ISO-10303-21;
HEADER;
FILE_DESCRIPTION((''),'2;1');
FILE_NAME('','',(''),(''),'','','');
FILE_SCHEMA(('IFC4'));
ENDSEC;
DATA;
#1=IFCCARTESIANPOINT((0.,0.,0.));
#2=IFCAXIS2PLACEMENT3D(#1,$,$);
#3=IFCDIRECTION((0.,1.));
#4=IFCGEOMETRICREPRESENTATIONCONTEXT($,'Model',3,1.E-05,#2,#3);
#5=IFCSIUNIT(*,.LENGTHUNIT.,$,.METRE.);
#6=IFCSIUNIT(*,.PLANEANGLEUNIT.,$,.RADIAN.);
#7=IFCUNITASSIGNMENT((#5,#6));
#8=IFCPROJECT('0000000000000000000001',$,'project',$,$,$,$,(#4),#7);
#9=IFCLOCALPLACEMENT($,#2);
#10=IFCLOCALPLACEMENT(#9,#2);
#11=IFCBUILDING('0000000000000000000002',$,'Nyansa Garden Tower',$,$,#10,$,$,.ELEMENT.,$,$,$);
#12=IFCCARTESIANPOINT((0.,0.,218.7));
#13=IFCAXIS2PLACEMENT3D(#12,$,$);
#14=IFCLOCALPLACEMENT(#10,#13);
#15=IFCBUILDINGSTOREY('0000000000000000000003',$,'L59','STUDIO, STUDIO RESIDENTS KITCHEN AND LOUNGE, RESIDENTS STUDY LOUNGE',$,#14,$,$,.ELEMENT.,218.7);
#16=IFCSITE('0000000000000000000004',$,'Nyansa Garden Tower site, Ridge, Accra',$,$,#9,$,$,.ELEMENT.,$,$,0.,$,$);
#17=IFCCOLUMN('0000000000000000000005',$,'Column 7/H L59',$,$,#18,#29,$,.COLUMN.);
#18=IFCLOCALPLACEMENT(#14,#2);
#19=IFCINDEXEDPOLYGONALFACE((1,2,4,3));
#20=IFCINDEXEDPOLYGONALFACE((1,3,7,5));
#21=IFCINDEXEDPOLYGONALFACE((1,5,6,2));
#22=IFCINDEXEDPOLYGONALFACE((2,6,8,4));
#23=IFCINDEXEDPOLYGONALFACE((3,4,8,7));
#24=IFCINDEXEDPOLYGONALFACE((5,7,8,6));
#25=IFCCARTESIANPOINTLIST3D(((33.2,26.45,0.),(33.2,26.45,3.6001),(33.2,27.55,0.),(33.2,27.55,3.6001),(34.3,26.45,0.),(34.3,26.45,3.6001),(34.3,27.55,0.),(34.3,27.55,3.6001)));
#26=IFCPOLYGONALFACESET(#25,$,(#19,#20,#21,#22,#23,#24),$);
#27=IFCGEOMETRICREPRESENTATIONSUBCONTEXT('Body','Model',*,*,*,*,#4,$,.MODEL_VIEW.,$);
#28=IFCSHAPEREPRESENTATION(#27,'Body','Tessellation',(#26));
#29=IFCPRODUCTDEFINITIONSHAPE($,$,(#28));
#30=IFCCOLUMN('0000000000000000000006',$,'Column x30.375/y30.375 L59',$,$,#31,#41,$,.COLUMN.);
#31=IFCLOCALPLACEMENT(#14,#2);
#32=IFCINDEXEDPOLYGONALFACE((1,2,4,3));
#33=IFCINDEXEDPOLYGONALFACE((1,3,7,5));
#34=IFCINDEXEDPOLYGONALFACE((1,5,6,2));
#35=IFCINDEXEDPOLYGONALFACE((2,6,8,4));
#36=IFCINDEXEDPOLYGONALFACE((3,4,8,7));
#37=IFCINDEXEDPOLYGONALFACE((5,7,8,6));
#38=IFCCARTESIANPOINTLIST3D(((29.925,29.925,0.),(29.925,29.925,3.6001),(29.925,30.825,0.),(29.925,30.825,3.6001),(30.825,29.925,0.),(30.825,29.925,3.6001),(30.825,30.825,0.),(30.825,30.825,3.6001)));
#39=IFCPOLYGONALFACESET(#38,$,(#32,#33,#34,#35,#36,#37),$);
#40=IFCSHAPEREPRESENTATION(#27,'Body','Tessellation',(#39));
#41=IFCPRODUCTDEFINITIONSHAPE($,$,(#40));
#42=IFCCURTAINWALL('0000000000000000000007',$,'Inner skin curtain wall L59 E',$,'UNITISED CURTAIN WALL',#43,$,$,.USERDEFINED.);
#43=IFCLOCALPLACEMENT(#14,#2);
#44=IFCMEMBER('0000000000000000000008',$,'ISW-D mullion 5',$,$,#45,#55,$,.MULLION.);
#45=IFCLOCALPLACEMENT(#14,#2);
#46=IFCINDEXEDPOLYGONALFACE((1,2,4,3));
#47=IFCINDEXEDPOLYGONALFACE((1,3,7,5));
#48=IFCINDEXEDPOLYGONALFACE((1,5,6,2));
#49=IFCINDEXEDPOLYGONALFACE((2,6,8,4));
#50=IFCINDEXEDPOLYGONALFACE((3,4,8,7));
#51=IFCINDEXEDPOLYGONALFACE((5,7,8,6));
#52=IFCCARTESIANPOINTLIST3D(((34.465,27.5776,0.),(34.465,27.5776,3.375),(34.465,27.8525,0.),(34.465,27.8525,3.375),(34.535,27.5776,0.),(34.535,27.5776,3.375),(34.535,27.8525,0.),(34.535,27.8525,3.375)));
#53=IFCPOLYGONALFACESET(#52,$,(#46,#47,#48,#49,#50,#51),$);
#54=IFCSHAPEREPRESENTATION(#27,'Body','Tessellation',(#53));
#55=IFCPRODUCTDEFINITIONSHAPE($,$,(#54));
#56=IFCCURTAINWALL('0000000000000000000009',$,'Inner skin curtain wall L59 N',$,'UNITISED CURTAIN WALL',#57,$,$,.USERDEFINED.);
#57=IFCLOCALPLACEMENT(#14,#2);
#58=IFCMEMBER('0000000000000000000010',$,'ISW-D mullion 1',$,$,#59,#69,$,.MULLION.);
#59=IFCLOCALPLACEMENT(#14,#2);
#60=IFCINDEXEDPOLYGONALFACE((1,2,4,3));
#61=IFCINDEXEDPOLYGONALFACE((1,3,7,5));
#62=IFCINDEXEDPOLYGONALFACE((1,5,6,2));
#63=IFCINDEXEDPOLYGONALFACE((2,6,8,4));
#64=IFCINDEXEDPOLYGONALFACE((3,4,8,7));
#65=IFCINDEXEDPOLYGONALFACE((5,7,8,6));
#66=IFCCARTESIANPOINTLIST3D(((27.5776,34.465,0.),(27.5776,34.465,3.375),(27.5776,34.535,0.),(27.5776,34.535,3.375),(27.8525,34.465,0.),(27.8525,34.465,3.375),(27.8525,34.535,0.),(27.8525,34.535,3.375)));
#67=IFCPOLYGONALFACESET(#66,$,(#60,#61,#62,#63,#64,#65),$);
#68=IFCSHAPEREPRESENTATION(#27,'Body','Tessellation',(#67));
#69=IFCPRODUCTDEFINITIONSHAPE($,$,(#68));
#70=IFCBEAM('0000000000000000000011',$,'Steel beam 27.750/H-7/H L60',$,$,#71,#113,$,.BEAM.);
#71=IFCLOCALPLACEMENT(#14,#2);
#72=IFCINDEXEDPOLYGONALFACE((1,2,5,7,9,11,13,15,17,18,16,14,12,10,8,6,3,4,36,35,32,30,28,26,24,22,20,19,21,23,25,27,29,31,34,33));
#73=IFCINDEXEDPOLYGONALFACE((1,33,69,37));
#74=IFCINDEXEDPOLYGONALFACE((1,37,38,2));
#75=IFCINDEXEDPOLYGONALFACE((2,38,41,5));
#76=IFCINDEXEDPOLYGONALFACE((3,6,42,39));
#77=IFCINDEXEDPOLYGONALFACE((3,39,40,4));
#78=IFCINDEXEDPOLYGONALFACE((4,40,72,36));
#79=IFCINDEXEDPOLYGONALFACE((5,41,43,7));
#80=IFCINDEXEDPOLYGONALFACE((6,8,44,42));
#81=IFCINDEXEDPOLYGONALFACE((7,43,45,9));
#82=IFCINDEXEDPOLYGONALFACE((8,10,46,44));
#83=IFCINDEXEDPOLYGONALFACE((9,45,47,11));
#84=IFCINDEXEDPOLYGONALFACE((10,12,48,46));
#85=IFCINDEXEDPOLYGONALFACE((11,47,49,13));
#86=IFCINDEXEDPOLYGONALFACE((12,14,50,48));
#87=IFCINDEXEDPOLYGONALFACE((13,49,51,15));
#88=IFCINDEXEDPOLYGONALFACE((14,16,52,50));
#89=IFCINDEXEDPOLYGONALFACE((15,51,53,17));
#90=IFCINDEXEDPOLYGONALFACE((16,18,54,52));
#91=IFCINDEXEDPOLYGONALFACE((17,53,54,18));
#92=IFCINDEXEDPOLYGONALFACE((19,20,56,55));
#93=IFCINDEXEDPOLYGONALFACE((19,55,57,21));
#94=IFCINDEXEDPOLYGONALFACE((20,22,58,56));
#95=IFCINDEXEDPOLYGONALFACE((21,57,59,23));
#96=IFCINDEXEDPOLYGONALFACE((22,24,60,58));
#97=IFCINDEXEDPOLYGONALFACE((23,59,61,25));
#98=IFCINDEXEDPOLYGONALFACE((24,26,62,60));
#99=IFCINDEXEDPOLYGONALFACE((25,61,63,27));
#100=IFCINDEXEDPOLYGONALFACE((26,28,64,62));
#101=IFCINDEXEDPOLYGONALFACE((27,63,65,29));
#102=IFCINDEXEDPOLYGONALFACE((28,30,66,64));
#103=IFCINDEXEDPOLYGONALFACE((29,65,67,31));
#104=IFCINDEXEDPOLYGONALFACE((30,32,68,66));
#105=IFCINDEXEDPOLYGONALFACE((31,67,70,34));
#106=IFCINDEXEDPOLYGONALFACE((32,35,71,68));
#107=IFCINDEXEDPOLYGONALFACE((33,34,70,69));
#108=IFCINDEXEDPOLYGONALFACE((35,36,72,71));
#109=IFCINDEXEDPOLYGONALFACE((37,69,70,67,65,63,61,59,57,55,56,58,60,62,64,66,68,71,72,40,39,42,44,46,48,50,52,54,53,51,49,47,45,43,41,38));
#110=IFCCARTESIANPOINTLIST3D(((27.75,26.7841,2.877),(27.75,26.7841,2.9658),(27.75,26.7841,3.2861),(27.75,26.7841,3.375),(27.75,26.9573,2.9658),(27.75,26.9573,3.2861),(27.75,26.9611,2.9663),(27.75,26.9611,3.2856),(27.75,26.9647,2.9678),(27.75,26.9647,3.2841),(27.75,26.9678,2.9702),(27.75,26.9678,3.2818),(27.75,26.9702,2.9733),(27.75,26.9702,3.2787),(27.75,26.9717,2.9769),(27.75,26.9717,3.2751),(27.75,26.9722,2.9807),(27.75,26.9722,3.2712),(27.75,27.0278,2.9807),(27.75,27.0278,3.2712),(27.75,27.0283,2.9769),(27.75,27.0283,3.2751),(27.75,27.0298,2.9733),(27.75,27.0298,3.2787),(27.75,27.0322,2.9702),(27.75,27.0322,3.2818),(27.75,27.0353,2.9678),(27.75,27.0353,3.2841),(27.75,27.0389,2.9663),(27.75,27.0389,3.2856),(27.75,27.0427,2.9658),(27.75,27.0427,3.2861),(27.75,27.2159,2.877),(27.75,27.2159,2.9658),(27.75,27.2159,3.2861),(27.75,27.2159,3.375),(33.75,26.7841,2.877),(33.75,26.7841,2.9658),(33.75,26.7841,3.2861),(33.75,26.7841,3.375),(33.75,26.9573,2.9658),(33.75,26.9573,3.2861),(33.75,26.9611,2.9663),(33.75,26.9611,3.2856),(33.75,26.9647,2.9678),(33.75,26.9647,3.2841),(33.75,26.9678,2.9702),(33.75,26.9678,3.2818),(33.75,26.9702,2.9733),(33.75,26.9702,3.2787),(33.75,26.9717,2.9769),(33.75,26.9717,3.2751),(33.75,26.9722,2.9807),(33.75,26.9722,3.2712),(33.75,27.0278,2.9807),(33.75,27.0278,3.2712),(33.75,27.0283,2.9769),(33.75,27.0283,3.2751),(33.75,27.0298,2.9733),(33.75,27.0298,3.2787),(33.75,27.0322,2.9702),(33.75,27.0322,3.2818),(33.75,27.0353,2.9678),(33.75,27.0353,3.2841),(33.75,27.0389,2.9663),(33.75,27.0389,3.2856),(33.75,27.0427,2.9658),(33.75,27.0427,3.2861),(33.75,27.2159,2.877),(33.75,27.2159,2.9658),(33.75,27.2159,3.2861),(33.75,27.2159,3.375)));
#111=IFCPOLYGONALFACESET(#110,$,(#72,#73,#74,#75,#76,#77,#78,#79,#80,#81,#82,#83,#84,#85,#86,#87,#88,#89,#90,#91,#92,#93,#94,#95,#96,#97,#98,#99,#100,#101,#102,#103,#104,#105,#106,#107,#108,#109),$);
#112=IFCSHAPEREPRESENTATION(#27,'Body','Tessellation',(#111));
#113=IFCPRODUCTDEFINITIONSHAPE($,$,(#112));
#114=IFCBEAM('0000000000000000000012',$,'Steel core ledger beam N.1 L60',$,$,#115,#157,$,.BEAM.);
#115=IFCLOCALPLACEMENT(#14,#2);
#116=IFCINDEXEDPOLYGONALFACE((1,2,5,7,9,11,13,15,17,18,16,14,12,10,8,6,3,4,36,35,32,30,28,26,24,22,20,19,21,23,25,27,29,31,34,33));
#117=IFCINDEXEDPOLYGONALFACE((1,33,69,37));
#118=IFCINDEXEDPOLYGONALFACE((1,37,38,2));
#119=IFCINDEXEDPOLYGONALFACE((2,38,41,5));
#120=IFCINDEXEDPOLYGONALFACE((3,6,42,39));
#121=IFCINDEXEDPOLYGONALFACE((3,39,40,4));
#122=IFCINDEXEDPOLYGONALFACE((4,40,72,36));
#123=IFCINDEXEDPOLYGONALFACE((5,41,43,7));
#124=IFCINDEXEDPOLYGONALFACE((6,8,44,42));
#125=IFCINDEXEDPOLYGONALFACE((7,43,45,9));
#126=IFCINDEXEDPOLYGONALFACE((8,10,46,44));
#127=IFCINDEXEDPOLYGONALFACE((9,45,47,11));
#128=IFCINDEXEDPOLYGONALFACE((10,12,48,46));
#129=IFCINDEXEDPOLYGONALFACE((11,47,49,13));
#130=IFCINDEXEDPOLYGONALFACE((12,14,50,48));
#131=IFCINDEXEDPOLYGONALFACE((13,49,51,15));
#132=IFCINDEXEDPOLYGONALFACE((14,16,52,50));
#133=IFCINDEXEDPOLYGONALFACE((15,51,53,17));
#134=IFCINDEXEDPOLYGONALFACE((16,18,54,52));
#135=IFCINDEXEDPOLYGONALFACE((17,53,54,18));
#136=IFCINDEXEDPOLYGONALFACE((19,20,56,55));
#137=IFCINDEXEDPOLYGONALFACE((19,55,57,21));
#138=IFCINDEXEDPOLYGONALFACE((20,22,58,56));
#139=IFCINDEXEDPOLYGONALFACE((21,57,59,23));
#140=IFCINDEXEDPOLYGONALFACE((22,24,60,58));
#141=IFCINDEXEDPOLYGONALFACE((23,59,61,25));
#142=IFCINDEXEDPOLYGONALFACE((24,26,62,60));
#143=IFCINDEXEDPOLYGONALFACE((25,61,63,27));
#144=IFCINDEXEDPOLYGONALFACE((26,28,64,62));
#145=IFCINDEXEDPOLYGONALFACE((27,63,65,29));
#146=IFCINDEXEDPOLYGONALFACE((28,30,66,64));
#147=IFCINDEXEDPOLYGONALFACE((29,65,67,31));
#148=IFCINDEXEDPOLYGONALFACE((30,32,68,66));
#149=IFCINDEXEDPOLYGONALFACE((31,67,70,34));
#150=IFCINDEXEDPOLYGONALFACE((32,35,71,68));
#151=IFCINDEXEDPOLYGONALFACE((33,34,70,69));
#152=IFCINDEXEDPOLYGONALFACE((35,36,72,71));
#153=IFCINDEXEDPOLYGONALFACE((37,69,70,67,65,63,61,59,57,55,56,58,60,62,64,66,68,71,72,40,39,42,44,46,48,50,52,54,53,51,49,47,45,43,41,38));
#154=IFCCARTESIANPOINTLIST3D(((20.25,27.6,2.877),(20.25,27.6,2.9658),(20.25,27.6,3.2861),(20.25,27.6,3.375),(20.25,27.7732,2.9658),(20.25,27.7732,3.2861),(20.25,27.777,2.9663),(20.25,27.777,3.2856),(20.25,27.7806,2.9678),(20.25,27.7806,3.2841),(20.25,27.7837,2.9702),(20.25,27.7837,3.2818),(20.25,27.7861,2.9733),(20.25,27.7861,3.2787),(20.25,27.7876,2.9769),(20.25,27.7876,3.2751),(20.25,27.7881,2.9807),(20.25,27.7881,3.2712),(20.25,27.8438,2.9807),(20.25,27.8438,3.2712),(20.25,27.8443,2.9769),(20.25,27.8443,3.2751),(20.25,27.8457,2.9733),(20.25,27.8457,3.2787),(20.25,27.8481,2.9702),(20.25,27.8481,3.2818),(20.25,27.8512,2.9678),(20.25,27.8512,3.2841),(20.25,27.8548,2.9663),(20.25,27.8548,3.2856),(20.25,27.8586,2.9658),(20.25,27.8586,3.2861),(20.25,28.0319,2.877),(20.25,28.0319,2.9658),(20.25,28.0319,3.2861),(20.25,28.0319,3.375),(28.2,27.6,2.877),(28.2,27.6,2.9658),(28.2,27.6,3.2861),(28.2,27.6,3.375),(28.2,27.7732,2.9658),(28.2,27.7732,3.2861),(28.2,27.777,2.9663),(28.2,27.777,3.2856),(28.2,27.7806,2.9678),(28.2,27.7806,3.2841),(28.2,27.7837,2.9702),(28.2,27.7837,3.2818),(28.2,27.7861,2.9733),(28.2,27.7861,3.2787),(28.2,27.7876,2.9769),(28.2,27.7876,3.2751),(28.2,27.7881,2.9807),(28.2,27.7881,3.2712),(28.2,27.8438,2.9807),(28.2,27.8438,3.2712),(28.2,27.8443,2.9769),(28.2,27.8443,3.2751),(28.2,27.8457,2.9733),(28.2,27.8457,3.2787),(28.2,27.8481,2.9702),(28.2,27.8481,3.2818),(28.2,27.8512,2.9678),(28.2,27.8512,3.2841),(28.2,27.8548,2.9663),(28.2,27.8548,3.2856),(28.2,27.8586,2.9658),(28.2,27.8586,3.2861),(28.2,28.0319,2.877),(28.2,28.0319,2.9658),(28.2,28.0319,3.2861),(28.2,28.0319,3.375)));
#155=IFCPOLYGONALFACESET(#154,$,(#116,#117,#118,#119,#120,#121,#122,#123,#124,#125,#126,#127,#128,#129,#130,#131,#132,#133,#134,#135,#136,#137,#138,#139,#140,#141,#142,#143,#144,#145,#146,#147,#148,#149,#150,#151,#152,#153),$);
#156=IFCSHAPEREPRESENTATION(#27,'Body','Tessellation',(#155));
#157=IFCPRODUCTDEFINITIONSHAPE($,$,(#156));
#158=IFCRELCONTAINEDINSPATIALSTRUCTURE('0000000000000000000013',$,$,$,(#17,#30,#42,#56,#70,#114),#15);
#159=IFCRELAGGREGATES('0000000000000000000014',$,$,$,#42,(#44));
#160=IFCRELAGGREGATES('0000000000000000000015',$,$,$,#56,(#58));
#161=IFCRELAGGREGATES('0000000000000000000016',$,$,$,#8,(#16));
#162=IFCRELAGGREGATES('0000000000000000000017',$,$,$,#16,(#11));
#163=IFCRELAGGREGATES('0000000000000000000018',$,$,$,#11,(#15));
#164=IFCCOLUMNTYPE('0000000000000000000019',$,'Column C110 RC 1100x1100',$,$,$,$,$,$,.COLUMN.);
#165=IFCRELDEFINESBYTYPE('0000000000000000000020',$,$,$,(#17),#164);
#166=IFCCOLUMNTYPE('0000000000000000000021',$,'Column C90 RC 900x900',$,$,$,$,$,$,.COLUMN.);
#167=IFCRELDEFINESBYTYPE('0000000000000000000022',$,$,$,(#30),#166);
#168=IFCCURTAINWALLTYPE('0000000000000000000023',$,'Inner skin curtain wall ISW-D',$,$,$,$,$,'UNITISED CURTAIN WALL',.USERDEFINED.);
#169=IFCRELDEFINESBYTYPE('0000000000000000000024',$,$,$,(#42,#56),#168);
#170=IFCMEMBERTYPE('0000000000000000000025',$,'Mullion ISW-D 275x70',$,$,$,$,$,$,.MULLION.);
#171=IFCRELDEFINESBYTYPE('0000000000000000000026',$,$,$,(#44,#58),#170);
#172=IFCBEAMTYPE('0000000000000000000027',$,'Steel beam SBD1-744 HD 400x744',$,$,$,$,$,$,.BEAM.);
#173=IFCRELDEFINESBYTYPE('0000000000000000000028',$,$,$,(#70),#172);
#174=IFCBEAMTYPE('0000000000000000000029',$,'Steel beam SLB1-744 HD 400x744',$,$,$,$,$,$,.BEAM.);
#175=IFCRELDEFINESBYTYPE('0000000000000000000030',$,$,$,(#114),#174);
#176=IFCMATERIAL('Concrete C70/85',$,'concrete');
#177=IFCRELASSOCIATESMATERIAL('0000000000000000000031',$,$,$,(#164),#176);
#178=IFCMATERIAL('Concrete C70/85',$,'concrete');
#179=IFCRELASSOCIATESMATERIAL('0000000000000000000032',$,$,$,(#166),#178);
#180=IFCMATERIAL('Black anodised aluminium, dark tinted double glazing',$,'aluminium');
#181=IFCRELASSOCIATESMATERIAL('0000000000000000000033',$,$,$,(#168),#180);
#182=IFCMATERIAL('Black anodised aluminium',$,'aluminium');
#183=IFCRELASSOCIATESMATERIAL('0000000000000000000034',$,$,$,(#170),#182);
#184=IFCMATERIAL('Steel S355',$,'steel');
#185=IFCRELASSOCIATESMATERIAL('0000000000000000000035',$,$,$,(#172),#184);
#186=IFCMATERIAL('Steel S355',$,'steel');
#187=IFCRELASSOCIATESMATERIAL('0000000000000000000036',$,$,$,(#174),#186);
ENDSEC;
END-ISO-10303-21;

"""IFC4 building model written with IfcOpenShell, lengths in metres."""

from ifc_helpers import new_model, si_unit, direction, frame, origin, origin_2d, place, context, subcontext, project, spatial, rectangle, i_section, extrude, material, material_profile, profile_set, type_object, element, aggregate, save


model = new_model("IFC4")

# Units and contexts
model_context = context("Model", 3, precision=1e-05, world=origin(), true_north=direction((0.0, 1.0)))
body_context = subcontext(model_context, "Body", "Model", "MODEL_VIEW")
ifc_project = project(units=[si_unit("LENGTHUNIT", "METRE"), si_unit("PLANEANGLEUNIT", "RADIAN")], contexts=[model_context])

# Site, building, storey
site_placement = place(None, origin())
site = spatial("IfcSite", under=ifc_project, at=site_placement, Name="Nyansa Garden Tower site, Ridge, Accra", CompositionType="ELEMENT", RefElevation=0.0)
building_placement = place(site_placement, origin())
building = spatial("IfcBuilding", under=site, at=building_placement, Name="Nyansa Garden Tower", CompositionType="ELEMENT")
storey_placement = place(building_placement, frame((0.0, 0.0, 218.7)))
storey = spatial("IfcBuildingStorey", under=building, at=storey_placement, Name="L59", Description="STUDIO, STUDIO RESIDENTS KITCHEN AND LOUNGE, RESIDENTS STUDY LOUNGE", CompositionType="ELEMENT", Elevation=218.7)

# Columns
ifc_material_1 = material(Name="Concrete C70/85", Category="concrete")
ifc_material_profile_1 = material_profile(ifc_material_1, rectangle(XDim=1.1001, YDim=1.1001, at=origin_2d()), Name="RC 1100x1100")
ifc_profile_set_1 = profile_set([ifc_material_profile_1], Name="Concrete C70/85")
column_type_1 = type_object("IfcColumnType", Name="Column C110 RC 1100x1100", PredefinedType="COLUMN", material=ifc_profile_set_1)
column_1_placement = place(storey_placement, frame((33.75, 27.0, 0.0), z_axis=(0.0, 0.0, 1.0), x_axis=(1.0, 0.0, 0.0)))
element("IfcColumn", 1, at=column_1_placement, inside=storey, type_object=column_type_1, Name="Column 7/H L59", PredefinedType="COLUMN", context=body_context, shape_type="SweptSolid", body=[
    extrude(rectangle(XDim=1.1001, YDim=1.1001, at=origin_2d()), origin(), (0.0, 0.0, 1.0), 3.6001),
])
ifc_material_2 = material(Name="Concrete C70/85", Category="concrete")
ifc_material_profile_2 = material_profile(ifc_material_2, rectangle(XDim=0.8999, YDim=0.8999, at=origin_2d()), Name="RC 900x900")
ifc_profile_set_2 = profile_set([ifc_material_profile_2], Name="Concrete C70/85")
column_type_2 = type_object("IfcColumnType", Name="Column C90 RC 900x900", PredefinedType="COLUMN", material=ifc_profile_set_2)
column_2_placement = place(storey_placement, frame((30.375, 30.375, 0.0), z_axis=(0.0, 0.0, 1.0), x_axis=(1.0, 0.0, 0.0)))
element("IfcColumn", 2, at=column_2_placement, inside=storey, type_object=column_type_2, Name="Column x30.375/y30.375 L59", PredefinedType="COLUMN", context=body_context, shape_type="SweptSolid", body=[
    extrude(rectangle(XDim=0.8999, YDim=0.8999, at=origin_2d()), origin(), (0.0, 0.0, 1.0), 3.6001),
])

# Curtain walls, members
ifc_material_3 = material(Name="Black anodised aluminium, dark tinted double glazing", Category="aluminium")
curtain_wall_type = type_object("IfcCurtainWallType", Name="Inner skin curtain wall ISW-D", ElementType="UNITISED CURTAIN WALL", PredefinedType="USERDEFINED", material=ifc_material_3)
curtain_wall_1_placement = place(storey_placement, origin())
curtain_wall_1 = element("IfcCurtainWall", 3, at=curtain_wall_1_placement, inside=storey, type_object=curtain_wall_type, Name="Inner skin curtain wall L59 E", ObjectType="UNITISED CURTAIN WALL", PredefinedType="USERDEFINED")
ifc_material_4 = material(Name="Black anodised aluminium", Category="aluminium")
ifc_material_profile_3 = material_profile(ifc_material_4, rectangle(XDim=0.0701, YDim=0.2749, at=origin_2d()), Name="Mullion 275x70")
ifc_profile_set_3 = profile_set([ifc_material_profile_3], Name="Black anodised aluminium")
member_type_1 = type_object("IfcMemberType", Name="Mullion ISW-D 275x70", PredefinedType="MULLION", material=ifc_profile_set_3)
member_1_placement = place(storey_placement, frame((34.5, 27.7151, 0.0), z_axis=(0.0, 0.0, 1.0), x_axis=(-1.0, 0.0, 0.0)))
member_1 = element("IfcMember", 4, at=member_1_placement, type_object=member_type_1, Name="ISW-D mullion 5", PredefinedType="MULLION", context=body_context, shape_type="SweptSolid", body=[
    extrude(rectangle(XDim=0.0701, YDim=0.2749, at=origin_2d()), origin(), (0.0, 0.0, 1.0), 3.375),
])
aggregate(curtain_wall_1, [member_1])
curtain_wall_2_placement = place(storey_placement, origin())
curtain_wall_2 = element("IfcCurtainWall", 5, at=curtain_wall_2_placement, inside=storey, type_object=curtain_wall_type, Name="Inner skin curtain wall L59 N", ObjectType="UNITISED CURTAIN WALL", PredefinedType="USERDEFINED")
member_2_placement = place(storey_placement, frame((27.7151, 34.5, 0.0), z_axis=(0.0, 0.0, 1.0), x_axis=(0.0, -1.0, 0.0)))
member_2 = element("IfcMember", 6, at=member_2_placement, type_object=member_type_1, Name="ISW-D mullion 1", PredefinedType="MULLION", context=body_context, shape_type="SweptSolid", body=[
    extrude(rectangle(XDim=0.0701, YDim=0.2749, at=origin_2d()), origin(), (0.0, 0.0, 1.0), 3.375),
])

# Beams
ifc_material_5 = material(Name="Steel S355", Category="steel")
ifc_material_profile_4 = material_profile(ifc_material_5, i_section(OverallWidth=0.4319, OverallDepth=0.498, WebThickness=0.0557, FlangeThickness=0.0889, FilletRadius=0.0149, at=origin_2d()), Name="HD 400x744")
ifc_profile_set_4 = profile_set([ifc_material_profile_4], Name="Steel S355")
beam_type_1 = type_object("IfcBeamType", Name="Steel beam SBD1-744 HD 400x744", PredefinedType="BEAM", material=ifc_profile_set_4)
beam_1_placement = place(storey_placement, frame((27.75, 27.0, 3.126), z_axis=(1.0, 0.0, 0.0), x_axis=(0.0, 1.0, 0.0)))
element("IfcBeam", 7, at=beam_1_placement, inside=storey, type_object=beam_type_1, Name="Steel beam 27.750/H-7/H L60", PredefinedType="BEAM", context=body_context, shape_type="SweptSolid", body=[
    extrude(i_section(OverallWidth=0.4319, OverallDepth=0.498, WebThickness=0.0557, FlangeThickness=0.0889, FilletRadius=0.0149, at=origin_2d()), origin(), (0.0, 0.0, 1.0), 6.0),
])
ifc_material_6 = material(Name="Steel S355", Category="steel")
ifc_material_profile_5 = material_profile(ifc_material_6, i_section(OverallWidth=0.4319, OverallDepth=0.498, WebThickness=0.0557, FlangeThickness=0.0889, FilletRadius=0.0149, at=origin_2d()), Name="HD 400x744")
ifc_profile_set_5 = profile_set([ifc_material_profile_5], Name="Steel S355")
beam_type_2 = type_object("IfcBeamType", Name="Steel beam SLB1-744 HD 400x744", PredefinedType="BEAM", material=ifc_profile_set_5)
beam_2_placement = place(storey_placement, frame((28.2, 27.8159, 3.126), z_axis=(-1.0, 0.0, 0.0), x_axis=(0.0, -1.0, 0.0)))
element("IfcBeam", 8, at=beam_2_placement, inside=storey, type_object=beam_type_2, Name="Steel core ledger beam N.1 L60", PredefinedType="BEAM", context=body_context, shape_type="SweptSolid", body=[
    extrude(i_section(OverallWidth=0.4319, OverallDepth=0.498, WebThickness=0.0557, FlangeThickness=0.0889, FilletRadius=0.0149, at=origin_2d()), origin(), (0.0, 0.0, 1.0), 7.95),
])

aggregate(curtain_wall_2, [member_2])

save(model, "model.ifc")
